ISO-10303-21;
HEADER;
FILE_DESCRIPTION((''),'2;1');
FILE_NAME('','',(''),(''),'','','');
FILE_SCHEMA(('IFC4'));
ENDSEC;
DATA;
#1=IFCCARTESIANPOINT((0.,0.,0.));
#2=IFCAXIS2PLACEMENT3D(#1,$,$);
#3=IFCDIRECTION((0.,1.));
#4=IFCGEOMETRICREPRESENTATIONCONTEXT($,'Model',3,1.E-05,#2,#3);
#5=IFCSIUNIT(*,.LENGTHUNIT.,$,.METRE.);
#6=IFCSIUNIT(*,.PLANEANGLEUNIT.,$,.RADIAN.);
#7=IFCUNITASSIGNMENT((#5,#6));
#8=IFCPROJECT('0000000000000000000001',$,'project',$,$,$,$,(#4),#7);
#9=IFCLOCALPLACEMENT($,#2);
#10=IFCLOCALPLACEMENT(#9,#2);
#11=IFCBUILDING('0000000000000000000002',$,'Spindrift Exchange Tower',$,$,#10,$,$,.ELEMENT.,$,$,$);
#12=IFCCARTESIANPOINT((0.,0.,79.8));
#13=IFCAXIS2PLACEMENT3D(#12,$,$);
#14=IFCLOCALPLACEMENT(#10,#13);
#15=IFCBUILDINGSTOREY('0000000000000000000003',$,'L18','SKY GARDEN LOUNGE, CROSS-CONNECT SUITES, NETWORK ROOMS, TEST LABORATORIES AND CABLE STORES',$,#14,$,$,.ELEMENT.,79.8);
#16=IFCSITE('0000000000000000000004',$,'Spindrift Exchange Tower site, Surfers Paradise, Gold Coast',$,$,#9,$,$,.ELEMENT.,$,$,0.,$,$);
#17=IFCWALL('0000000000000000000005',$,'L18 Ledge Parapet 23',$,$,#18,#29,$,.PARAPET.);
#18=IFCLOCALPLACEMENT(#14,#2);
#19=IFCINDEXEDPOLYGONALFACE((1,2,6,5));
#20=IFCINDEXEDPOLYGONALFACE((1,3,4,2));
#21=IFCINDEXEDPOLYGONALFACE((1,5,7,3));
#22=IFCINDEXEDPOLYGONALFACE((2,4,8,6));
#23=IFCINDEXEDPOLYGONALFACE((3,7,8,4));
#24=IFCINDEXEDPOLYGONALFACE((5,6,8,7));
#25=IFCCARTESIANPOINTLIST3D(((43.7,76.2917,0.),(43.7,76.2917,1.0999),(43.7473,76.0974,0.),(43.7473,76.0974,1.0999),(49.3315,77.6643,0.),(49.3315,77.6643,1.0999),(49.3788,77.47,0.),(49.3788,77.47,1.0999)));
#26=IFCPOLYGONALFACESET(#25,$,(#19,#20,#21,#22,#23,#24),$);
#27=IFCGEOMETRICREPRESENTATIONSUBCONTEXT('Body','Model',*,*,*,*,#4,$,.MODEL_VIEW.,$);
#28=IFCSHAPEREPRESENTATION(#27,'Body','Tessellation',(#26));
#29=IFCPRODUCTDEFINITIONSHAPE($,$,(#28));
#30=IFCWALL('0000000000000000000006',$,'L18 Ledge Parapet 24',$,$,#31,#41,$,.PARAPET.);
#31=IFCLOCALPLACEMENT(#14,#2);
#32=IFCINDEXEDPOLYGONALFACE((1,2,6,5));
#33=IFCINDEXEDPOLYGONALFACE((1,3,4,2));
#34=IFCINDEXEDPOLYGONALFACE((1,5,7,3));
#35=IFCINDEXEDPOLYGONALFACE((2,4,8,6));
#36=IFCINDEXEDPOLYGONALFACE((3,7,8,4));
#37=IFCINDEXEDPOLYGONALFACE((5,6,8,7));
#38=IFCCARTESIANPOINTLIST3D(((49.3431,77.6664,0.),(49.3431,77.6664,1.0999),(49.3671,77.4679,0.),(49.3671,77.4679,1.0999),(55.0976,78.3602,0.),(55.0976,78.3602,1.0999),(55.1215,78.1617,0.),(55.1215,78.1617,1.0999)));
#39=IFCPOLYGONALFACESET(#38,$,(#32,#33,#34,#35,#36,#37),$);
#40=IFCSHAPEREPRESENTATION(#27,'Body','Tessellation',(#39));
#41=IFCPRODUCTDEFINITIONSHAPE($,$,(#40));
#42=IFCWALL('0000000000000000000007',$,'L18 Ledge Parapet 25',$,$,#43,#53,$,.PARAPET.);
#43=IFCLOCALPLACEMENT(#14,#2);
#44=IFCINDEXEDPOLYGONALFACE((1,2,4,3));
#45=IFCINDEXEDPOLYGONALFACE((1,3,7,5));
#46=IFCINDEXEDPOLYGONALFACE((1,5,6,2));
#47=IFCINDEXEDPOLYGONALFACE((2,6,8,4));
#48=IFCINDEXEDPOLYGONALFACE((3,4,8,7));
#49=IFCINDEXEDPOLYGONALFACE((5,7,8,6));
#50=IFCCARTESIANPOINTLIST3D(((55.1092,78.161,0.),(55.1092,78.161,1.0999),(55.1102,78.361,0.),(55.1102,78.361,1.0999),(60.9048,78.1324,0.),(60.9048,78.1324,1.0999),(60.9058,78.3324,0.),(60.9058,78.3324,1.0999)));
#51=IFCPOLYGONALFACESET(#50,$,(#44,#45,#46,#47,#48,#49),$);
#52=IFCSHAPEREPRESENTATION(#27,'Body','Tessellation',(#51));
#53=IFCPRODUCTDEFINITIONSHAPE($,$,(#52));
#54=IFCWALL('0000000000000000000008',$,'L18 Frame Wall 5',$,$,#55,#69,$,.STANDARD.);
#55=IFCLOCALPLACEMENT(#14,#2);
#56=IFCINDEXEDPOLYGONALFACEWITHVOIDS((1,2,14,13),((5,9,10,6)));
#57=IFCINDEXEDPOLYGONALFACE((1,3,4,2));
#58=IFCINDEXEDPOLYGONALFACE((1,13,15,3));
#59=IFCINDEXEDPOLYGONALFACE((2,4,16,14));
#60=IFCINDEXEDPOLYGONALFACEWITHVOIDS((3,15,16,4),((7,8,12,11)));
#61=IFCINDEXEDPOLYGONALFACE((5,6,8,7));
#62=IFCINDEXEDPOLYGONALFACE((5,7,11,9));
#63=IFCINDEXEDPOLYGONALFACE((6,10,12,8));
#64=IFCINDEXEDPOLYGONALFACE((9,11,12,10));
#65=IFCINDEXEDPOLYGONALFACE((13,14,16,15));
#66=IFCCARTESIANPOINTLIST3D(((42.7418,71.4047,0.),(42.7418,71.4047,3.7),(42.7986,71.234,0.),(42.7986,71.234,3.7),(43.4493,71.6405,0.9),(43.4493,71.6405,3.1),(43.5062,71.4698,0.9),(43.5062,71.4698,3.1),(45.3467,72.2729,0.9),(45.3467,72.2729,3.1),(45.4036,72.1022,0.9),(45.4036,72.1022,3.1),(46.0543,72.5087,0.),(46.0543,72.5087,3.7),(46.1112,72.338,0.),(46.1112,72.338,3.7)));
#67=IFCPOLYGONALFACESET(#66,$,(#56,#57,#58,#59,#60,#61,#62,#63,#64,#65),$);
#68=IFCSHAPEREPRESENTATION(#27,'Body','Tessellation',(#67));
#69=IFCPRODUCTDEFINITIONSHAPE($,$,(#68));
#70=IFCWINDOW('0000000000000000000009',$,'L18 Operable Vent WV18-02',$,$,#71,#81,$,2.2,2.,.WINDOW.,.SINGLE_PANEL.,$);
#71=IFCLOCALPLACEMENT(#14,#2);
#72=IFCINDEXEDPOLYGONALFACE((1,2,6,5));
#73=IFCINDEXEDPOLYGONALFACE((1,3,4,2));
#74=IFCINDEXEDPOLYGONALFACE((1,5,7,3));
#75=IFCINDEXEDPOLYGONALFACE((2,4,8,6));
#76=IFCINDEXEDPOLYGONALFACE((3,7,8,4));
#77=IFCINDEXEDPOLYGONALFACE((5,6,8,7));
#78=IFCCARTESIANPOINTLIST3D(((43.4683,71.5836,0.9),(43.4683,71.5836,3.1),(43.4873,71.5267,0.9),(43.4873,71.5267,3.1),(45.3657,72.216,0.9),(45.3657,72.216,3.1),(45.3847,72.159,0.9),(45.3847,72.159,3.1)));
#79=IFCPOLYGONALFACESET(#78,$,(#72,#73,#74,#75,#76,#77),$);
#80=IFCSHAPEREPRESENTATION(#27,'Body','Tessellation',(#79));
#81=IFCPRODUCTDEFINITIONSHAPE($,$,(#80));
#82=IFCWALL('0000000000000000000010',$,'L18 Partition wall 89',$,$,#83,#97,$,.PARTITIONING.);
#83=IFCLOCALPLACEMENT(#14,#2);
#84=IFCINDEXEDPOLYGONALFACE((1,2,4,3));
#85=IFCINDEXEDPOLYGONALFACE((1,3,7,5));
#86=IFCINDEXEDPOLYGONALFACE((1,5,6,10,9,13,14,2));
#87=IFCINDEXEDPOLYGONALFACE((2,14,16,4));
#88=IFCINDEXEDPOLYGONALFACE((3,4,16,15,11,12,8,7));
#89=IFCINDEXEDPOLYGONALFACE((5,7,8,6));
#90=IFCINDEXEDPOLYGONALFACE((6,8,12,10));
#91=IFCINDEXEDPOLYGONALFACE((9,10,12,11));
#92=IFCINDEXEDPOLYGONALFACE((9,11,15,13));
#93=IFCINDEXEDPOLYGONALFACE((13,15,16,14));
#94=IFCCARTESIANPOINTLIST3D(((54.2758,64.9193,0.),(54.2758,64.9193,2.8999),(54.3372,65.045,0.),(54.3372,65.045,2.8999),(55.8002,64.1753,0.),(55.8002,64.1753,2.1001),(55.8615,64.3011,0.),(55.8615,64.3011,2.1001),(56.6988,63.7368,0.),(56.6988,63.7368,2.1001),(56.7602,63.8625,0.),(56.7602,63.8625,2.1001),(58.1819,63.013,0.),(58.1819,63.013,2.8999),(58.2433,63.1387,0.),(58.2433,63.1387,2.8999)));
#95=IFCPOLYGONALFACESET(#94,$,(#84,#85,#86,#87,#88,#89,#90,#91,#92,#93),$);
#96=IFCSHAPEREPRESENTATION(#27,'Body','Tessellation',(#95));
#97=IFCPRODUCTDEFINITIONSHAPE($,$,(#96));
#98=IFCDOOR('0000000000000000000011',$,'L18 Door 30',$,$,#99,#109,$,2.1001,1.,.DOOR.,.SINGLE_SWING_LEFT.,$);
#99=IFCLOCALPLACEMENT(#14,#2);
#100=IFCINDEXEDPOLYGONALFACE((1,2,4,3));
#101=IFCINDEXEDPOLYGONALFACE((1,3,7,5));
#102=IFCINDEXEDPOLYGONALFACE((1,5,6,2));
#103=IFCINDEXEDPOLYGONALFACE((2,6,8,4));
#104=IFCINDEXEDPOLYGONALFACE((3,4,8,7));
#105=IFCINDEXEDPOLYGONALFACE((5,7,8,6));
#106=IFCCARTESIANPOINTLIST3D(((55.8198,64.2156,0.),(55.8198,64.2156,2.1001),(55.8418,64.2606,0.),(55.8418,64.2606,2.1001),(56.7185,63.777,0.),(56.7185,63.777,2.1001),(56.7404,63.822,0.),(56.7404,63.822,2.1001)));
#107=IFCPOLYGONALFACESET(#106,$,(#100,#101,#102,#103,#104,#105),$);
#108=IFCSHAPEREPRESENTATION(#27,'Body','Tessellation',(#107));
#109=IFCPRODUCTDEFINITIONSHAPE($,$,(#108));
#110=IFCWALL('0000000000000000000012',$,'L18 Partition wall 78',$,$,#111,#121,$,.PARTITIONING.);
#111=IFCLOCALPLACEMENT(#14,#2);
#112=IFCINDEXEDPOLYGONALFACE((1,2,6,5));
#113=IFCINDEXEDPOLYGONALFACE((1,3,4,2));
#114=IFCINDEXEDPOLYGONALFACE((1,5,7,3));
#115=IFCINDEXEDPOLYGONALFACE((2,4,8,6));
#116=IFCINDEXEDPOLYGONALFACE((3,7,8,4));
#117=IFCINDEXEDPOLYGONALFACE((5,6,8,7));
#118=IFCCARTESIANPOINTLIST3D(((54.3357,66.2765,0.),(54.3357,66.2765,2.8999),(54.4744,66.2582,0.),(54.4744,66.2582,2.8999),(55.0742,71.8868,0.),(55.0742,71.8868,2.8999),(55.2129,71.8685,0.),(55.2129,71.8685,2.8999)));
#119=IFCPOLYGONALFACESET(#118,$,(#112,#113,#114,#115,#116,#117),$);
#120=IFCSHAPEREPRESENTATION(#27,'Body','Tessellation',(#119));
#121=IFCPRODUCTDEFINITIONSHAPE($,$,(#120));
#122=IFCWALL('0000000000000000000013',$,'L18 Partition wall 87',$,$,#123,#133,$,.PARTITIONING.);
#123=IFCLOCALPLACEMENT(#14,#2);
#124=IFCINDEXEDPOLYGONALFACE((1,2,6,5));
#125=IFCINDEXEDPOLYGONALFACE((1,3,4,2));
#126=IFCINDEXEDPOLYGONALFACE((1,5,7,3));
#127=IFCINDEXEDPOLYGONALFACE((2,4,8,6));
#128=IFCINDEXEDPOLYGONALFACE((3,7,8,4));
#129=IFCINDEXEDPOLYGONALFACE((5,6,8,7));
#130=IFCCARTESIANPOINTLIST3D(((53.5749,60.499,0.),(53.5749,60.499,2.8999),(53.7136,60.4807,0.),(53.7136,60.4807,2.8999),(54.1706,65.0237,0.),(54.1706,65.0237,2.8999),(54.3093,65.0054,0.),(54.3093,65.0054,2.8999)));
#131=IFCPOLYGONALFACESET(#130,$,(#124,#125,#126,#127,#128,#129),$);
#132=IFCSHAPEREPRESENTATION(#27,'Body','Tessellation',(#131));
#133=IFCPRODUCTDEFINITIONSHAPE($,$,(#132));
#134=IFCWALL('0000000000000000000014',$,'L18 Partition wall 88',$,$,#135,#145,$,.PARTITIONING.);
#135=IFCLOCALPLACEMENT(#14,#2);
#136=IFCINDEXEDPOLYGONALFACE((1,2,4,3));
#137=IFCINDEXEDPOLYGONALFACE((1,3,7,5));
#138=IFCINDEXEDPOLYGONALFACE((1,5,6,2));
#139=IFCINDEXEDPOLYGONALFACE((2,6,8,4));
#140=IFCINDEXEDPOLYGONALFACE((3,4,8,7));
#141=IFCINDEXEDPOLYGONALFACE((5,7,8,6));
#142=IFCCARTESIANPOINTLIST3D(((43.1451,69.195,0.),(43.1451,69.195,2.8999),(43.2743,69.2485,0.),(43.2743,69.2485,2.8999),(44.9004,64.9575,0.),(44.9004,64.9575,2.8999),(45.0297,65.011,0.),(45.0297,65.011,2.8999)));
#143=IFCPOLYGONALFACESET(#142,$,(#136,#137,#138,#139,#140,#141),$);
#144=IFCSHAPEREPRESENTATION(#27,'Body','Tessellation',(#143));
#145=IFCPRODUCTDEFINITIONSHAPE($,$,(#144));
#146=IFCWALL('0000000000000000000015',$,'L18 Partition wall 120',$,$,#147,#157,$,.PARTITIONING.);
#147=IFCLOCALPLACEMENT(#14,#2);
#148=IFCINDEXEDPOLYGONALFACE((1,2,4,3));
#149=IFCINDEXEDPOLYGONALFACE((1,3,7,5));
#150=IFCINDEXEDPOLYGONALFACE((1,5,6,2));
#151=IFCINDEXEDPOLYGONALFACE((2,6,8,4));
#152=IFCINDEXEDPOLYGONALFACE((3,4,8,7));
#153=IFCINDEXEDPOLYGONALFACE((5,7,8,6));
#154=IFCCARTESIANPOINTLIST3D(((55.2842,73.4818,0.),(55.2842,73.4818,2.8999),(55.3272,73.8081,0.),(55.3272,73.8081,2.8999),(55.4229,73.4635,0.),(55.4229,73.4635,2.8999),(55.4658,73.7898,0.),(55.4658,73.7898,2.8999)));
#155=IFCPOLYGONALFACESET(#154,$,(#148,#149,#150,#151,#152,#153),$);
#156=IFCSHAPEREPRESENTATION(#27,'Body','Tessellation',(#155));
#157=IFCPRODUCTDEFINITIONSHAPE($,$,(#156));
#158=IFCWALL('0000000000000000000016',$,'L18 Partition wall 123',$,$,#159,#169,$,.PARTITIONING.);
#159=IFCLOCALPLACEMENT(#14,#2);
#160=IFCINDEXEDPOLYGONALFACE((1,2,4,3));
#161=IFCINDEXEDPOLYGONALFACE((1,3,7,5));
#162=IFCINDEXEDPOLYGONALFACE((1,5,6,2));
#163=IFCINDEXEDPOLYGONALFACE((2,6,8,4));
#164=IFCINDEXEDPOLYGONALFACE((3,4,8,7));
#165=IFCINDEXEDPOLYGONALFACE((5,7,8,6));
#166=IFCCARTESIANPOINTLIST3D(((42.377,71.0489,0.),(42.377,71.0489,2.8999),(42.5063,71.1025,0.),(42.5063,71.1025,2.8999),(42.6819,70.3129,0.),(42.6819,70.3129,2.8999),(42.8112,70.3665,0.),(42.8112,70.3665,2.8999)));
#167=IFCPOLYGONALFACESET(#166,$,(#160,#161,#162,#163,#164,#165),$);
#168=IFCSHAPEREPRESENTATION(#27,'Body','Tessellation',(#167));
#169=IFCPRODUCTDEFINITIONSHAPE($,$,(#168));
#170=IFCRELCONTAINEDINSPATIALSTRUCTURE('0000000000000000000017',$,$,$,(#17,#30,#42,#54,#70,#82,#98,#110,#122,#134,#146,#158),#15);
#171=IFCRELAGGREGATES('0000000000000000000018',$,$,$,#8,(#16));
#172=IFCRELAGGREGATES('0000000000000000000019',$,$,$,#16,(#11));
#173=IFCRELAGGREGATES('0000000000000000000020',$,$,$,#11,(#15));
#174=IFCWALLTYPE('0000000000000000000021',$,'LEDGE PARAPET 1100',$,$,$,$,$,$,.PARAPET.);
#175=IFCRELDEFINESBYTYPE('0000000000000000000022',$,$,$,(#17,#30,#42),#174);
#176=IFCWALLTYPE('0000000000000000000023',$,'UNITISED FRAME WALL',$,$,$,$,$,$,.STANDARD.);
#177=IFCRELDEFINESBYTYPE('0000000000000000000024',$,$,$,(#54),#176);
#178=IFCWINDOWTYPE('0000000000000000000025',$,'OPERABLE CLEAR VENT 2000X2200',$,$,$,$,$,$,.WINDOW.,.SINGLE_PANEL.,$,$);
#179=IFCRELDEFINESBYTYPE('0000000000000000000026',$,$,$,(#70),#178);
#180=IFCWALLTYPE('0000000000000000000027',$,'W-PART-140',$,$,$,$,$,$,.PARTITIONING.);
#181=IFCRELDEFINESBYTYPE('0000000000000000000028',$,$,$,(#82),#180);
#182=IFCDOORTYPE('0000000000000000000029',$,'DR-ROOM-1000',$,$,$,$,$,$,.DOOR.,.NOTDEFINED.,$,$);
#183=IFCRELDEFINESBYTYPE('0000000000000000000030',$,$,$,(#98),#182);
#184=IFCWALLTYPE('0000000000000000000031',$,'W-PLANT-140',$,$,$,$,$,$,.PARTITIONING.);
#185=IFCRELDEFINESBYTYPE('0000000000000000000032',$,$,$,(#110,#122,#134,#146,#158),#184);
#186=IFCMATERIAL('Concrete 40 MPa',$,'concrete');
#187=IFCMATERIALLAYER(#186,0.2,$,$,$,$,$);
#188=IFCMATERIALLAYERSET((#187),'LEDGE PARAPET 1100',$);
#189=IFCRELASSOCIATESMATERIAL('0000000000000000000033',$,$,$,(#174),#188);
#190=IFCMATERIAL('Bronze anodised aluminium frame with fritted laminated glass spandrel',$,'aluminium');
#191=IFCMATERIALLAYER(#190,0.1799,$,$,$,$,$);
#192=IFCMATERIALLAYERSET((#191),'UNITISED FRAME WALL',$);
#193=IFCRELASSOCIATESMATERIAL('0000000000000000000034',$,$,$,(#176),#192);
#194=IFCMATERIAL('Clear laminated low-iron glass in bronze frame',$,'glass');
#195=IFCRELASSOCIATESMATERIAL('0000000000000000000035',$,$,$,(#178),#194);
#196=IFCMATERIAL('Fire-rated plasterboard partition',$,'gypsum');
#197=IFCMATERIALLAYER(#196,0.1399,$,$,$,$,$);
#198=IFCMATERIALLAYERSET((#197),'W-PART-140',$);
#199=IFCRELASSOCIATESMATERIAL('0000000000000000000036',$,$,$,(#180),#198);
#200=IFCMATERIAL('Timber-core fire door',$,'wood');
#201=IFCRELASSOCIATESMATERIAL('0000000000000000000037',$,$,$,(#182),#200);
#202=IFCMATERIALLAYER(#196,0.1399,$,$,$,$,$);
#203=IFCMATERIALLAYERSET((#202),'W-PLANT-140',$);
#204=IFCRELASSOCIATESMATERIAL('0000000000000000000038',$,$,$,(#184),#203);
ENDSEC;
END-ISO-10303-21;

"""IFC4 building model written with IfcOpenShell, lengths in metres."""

from ifc_helpers import new_model, si_unit, direction, frame, frame_2d, origin, place, context, subcontext, project, spatial, rectangle, extrude, source, transform, mapped, material, layer, layer_set, type_object, element, fill, save


model = new_model("IFC4")

# Units and contexts
model_context = context("Model", 3, precision=1e-05, world=origin(), true_north=direction((0.0, 1.0)))
body_context = subcontext(model_context, "Body", "Model", "MODEL_VIEW")
ifc_project = project(units=[si_unit("LENGTHUNIT", "METRE"), si_unit("PLANEANGLEUNIT", "RADIAN")], contexts=[model_context])

# Site, building, storey
site_placement = place(None, origin())
site = spatial("IfcSite", under=ifc_project, at=site_placement, Name="Spindrift Exchange Tower site, Surfers Paradise, Gold Coast", CompositionType="ELEMENT", RefElevation=0.0)
building_placement = place(site_placement, origin())
building = spatial("IfcBuilding", under=site, at=building_placement, Name="Spindrift Exchange Tower", CompositionType="ELEMENT")
storey_placement = place(building_placement, frame((0.0, 0.0, 79.8)))
storey = spatial("IfcBuildingStorey", under=building, at=storey_placement, Name="L18", Description="SKY GARDEN LOUNGE, CROSS-CONNECT SUITES, NETWORK ROOMS, TEST LABORATORIES AND CABLE STORES", CompositionType="ELEMENT", Elevation=79.8)

# Walls
ifc_material_1 = material(Name="Concrete 40 MPa", Category="concrete")
ifc_layer_1 = layer(ifc_material_1, 0.2)
ifc_layer_set_1 = layer_set([ifc_layer_1], Name="LEDGE PARAPET 1100")
wall_type_1 = type_object("IfcWallType", Name="LEDGE PARAPET 1100", PredefinedType="PARAPET", material=ifc_layer_set_1)
wall_1_placement = place(storey_placement, frame((43.7236, 76.1946, 0.0), z_axis=(0.0, 0.0, 1.0), x_axis=(0.97156, 0.236793, 0.0)))
element("IfcWall", 1, at=wall_1_placement, inside=storey, type_object=wall_type_1, Name="L18 Ledge Parapet 23", PredefinedType="PARAPET", context=body_context, shape_type="SweptSolid", body=[
    extrude(rectangle(XDim=5.7964, YDim=0.2, at=frame_2d((2.8982, 0.0))), origin(), (0.0, 0.0, 1.0), 1.0999),
])
wall_2_placement = place(storey_placement, frame((49.3552, 77.5671, 0.0), z_axis=(0.0, 0.0, 1.0), x_axis=(0.992809, 0.11971, 0.0)))
element("IfcWall", 2, at=wall_2_placement, inside=storey, type_object=wall_type_1, Name="L18 Ledge Parapet 24", PredefinedType="PARAPET", context=body_context, shape_type="SweptSolid", body=[
    extrude(rectangle(XDim=5.7961, YDim=0.2, at=frame_2d((2.8979, 0.0))), origin(), (0.0, 0.0, 1.0), 1.0999),
])
wall_3_placement = place(storey_placement, frame((55.1096, 78.261, 0.0), z_axis=(0.0, 0.0, 1.0), x_axis=(0.999988, -0.004929, 0.0)))
element("IfcWall", 3, at=wall_3_placement, inside=storey, type_object=wall_type_1, Name="L18 Ledge Parapet 25", PredefinedType="PARAPET", context=body_context, shape_type="SweptSolid", body=[
    extrude(rectangle(XDim=5.7957, YDim=0.2, at=frame_2d((2.8979, 0.0))), origin(), (0.0, 0.0, 1.0), 1.0999),
])

# Wall, opening, window
ifc_material_2 = material(Name="Bronze anodised aluminium frame with fritted laminated glass spandrel", Category="aluminium")
ifc_layer_2 = layer(ifc_material_2, 0.1799)
ifc_layer_set_2 = layer_set([ifc_layer_2], Name="UNITISED FRAME WALL")
wall_type_2 = type_object("IfcWallType", Name="UNITISED FRAME WALL", PredefinedType="STANDARD", material=ifc_layer_set_2)
wall_4_placement = place(storey_placement, frame((46.0828, 72.4233, 0.0), z_axis=(0.0, 0.0, 1.0), x_axis=(-0.948697, -0.316186, 0.0)))
wall_4 = element("IfcWall", 4, at=wall_4_placement, inside=storey, type_object=wall_type_2, Name="L18 Frame Wall 5", PredefinedType="STANDARD", context=body_context, shape_type="SweptSolid", body=[
    extrude(rectangle(XDim=3.4917, YDim=0.1799, at=frame_2d((1.7458, 0.0))), origin(), (0.0, 0.0, 1.0), 3.7),
])
opening_1_placement = place(wall_4_placement, frame((0.7458, 0.0, 0.8999)))
opening_1 = element("IfcOpeningElement", 5, at=opening_1_placement, cuts=wall_4, PredefinedType="OPENING", context=body_context, shape_type="SweptSolid", body=[
    extrude(rectangle(XDim=2.0, YDim=2.2, at=frame_2d((1.0, 1.1001))), frame((0.0, 0.0999, 0.0), z_axis=(0.0, -1.0, 0.0), x_axis=(1.0, 0.0, 0.0)), (0.0, 0.0, 1.0), 0.2),
])
ifc_material_3 = material(Name="Clear laminated low-iron glass in bronze frame", Category="glass")
window_type = type_object("IfcWindowType", Name="OPERABLE CLEAR VENT 2000X2200", PartitioningType="SINGLE_PANEL", PredefinedType="WINDOW", material=ifc_material_3)
shared_shape_1 = source(origin(), body_context, "Body", "SweptSolid", [
    extrude(rectangle(XDim=2.0, YDim=2.2, at=frame_2d((1.0, 1.1001))), frame((0.0, 0.03, 0.0), z_axis=(0.0, -1.0, 0.0), x_axis=(1.0, 0.0, 0.0)), (0.0, 0.0, 1.0), 0.0601),
])
window_placement = place(opening_1_placement, origin())
window = element("IfcWindow", 6, at=window_placement, inside=storey, type_object=window_type, Name="L18 Operable Vent WV18-02", OverallHeight=2.2, OverallWidth=2.0, PartitioningType="SINGLE_PANEL", PredefinedType="WINDOW", context=body_context, shape_type="MappedRepresentation", body=[
    mapped(shared_shape_1, transform((0.0, 0.0, 0.0), scale=1.0)),
])
fill(opening_1, window)

# Wall, opening, door
ifc_material_4 = material(Name="Fire-rated plasterboard partition", Category="gypsum")
ifc_layer_3 = layer(ifc_material_4, 0.1399)
ifc_layer_set_3 = layer_set([ifc_layer_3], Name="W-PART-140")
wall_type_3 = type_object("IfcWallType", Name="W-PART-140", PredefinedType="PARTITIONING", material=ifc_layer_set_3)
wall_5_placement = place(storey_placement, frame((54.3064, 64.9822, 0.0), z_axis=(0.0, 0.0, 1.0), x_axis=(0.898689, -0.438587, 0.0)))
wall_5 = element("IfcWall", 7, at=wall_5_placement, inside=storey, type_object=wall_type_3, Name="L18 Partition wall 89", PredefinedType="PARTITIONING", context=body_context, shape_type="SweptSolid", body=[
    extrude(rectangle(XDim=4.3464, YDim=0.1399, at=frame_2d((2.1733, 0.0))), origin(), (0.0, 0.0, 1.0), 2.8999),
])
opening_2_placement = place(wall_5_placement, frame((1.6963, 0.0, 0.0)))
opening_2 = element("IfcOpeningElement", 8, at=opening_2_placement, cuts=wall_5, PredefinedType="OPENING", context=body_context, shape_type="SweptSolid", body=[
    extrude(rectangle(XDim=1.0, YDim=2.1001, at=frame_2d((0.5, 1.05))), frame((0.0, 0.0798, 0.0), z_axis=(0.0, -1.0, 0.0), x_axis=(1.0, 0.0, 0.0)), (0.0, 0.0, 1.0), 0.1599),
])
ifc_material_5 = material(Name="Timber-core fire door", Category="wood")
door_type = type_object("IfcDoorType", Name="DR-ROOM-1000", OperationType="NOTDEFINED", PredefinedType="DOOR", material=ifc_material_5)
shared_shape_2 = source(origin(), body_context, "Body", "SweptSolid", [
    extrude(rectangle(XDim=1.0, YDim=2.1001, at=frame_2d((0.5, 1.05))), frame((0.0, 0.0249, 0.0), z_axis=(0.0, -1.0, 0.0), x_axis=(1.0, 0.0, 0.0)), (0.0, 0.0, 1.0), 0.05),
])
door_placement = place(opening_2_placement, origin())
door = element("IfcDoor", 9, at=door_placement, inside=storey, type_object=door_type, Name="L18 Door 30", OperationType="SINGLE_SWING_LEFT", OverallHeight=2.1001, OverallWidth=1.0, PredefinedType="DOOR", context=body_context, shape_type="MappedRepresentation", body=[
    mapped(shared_shape_2, transform((0.0, 0.0, 0.0), scale=1.0)),
])
fill(opening_2, door)

# Walls
ifc_layer_4 = layer(ifc_material_4, 0.1399)
ifc_layer_set_4 = layer_set([ifc_layer_4], Name="W-PLANT-140")
wall_type_4 = type_object("IfcWallType", Name="W-PLANT-140", PredefinedType="PARTITIONING", material=ifc_layer_set_4)
wall_6_placement = place(storey_placement, frame((54.405, 66.2673, 0.0), z_axis=(0.0, 0.0, 1.0), x_axis=(0.13051, 0.991447, 0.0)))
element("IfcWall", 10, at=wall_6_placement, inside=storey, type_object=wall_type_4, Name="L18 Partition wall 78", PredefinedType="PARTITIONING", context=body_context, shape_type="SweptSolid", body=[
    extrude(rectangle(XDim=5.6587, YDim=0.1399, at=frame_2d((2.8293, 0.0))), origin(), (0.0, 0.0, 1.0), 2.8999),
])
wall_7_placement = place(storey_placement, frame((53.6443, 60.49, 0.0), z_axis=(0.0, 0.0, 1.0), x_axis=(0.130531, 0.991444, 0.0)))
element("IfcWall", 11, at=wall_7_placement, inside=storey, type_object=wall_type_4, Name="L18 Partition wall 87", PredefinedType="PARTITIONING", context=body_context, shape_type="SweptSolid", body=[
    extrude(rectangle(XDim=4.5637, YDim=0.1399, at=frame_2d((2.2817, 0.0))), origin(), (0.0, 0.0, 1.0), 2.8999),
])
wall_8_placement = place(storey_placement, frame((44.9651, 64.9841, 0.0), z_axis=(0.0, 0.0, 1.0), x_axis=(-0.382706, 0.92387, 0.0)))
element("IfcWall", 12, at=wall_8_placement, inside=storey, type_object=wall_type_4, Name="L18 Partition wall 88", PredefinedType="PARTITIONING", context=body_context, shape_type="SweptSolid", body=[
    extrude(rectangle(XDim=4.5867, YDim=0.1399, at=frame_2d((2.2935, 0.0))), origin(), (0.0, 0.0, 1.0), 2.8999),
])
wall_9_placement = place(storey_placement, frame((55.3535, 73.4727, 0.0), z_axis=(0.0, 0.0, 1.0), x_axis=(0.130608, 0.991434, 0.0)))
element("IfcWall", 13, at=wall_9_placement, inside=storey, type_object=wall_type_4, Name="L18 Partition wall 120", PredefinedType="PARTITIONING", context=body_context, shape_type="SweptSolid", body=[
    extrude(rectangle(XDim=0.3291, YDim=0.1399, at=frame_2d((0.1646, 0.0))), origin(), (0.0, 0.0, 1.0), 2.8999),
])
wall_10_placement = place(storey_placement, frame((42.7466, 70.3396, 0.0), z_axis=(0.0, 0.0, 1.0), x_axis=(-0.382722, 0.923864, 0.0)))
element("IfcWall", 14, at=wall_10_placement, inside=storey, type_object=wall_type_4, Name="L18 Partition wall 123", PredefinedType="PARTITIONING", context=body_context, shape_type="SweptSolid", body=[
    extrude(rectangle(XDim=0.7966, YDim=0.1399, at=frame_2d((0.3984, 0.0))), origin(), (0.0, 0.0, 1.0), 2.8999),
])

save(model, "model.ifc")
